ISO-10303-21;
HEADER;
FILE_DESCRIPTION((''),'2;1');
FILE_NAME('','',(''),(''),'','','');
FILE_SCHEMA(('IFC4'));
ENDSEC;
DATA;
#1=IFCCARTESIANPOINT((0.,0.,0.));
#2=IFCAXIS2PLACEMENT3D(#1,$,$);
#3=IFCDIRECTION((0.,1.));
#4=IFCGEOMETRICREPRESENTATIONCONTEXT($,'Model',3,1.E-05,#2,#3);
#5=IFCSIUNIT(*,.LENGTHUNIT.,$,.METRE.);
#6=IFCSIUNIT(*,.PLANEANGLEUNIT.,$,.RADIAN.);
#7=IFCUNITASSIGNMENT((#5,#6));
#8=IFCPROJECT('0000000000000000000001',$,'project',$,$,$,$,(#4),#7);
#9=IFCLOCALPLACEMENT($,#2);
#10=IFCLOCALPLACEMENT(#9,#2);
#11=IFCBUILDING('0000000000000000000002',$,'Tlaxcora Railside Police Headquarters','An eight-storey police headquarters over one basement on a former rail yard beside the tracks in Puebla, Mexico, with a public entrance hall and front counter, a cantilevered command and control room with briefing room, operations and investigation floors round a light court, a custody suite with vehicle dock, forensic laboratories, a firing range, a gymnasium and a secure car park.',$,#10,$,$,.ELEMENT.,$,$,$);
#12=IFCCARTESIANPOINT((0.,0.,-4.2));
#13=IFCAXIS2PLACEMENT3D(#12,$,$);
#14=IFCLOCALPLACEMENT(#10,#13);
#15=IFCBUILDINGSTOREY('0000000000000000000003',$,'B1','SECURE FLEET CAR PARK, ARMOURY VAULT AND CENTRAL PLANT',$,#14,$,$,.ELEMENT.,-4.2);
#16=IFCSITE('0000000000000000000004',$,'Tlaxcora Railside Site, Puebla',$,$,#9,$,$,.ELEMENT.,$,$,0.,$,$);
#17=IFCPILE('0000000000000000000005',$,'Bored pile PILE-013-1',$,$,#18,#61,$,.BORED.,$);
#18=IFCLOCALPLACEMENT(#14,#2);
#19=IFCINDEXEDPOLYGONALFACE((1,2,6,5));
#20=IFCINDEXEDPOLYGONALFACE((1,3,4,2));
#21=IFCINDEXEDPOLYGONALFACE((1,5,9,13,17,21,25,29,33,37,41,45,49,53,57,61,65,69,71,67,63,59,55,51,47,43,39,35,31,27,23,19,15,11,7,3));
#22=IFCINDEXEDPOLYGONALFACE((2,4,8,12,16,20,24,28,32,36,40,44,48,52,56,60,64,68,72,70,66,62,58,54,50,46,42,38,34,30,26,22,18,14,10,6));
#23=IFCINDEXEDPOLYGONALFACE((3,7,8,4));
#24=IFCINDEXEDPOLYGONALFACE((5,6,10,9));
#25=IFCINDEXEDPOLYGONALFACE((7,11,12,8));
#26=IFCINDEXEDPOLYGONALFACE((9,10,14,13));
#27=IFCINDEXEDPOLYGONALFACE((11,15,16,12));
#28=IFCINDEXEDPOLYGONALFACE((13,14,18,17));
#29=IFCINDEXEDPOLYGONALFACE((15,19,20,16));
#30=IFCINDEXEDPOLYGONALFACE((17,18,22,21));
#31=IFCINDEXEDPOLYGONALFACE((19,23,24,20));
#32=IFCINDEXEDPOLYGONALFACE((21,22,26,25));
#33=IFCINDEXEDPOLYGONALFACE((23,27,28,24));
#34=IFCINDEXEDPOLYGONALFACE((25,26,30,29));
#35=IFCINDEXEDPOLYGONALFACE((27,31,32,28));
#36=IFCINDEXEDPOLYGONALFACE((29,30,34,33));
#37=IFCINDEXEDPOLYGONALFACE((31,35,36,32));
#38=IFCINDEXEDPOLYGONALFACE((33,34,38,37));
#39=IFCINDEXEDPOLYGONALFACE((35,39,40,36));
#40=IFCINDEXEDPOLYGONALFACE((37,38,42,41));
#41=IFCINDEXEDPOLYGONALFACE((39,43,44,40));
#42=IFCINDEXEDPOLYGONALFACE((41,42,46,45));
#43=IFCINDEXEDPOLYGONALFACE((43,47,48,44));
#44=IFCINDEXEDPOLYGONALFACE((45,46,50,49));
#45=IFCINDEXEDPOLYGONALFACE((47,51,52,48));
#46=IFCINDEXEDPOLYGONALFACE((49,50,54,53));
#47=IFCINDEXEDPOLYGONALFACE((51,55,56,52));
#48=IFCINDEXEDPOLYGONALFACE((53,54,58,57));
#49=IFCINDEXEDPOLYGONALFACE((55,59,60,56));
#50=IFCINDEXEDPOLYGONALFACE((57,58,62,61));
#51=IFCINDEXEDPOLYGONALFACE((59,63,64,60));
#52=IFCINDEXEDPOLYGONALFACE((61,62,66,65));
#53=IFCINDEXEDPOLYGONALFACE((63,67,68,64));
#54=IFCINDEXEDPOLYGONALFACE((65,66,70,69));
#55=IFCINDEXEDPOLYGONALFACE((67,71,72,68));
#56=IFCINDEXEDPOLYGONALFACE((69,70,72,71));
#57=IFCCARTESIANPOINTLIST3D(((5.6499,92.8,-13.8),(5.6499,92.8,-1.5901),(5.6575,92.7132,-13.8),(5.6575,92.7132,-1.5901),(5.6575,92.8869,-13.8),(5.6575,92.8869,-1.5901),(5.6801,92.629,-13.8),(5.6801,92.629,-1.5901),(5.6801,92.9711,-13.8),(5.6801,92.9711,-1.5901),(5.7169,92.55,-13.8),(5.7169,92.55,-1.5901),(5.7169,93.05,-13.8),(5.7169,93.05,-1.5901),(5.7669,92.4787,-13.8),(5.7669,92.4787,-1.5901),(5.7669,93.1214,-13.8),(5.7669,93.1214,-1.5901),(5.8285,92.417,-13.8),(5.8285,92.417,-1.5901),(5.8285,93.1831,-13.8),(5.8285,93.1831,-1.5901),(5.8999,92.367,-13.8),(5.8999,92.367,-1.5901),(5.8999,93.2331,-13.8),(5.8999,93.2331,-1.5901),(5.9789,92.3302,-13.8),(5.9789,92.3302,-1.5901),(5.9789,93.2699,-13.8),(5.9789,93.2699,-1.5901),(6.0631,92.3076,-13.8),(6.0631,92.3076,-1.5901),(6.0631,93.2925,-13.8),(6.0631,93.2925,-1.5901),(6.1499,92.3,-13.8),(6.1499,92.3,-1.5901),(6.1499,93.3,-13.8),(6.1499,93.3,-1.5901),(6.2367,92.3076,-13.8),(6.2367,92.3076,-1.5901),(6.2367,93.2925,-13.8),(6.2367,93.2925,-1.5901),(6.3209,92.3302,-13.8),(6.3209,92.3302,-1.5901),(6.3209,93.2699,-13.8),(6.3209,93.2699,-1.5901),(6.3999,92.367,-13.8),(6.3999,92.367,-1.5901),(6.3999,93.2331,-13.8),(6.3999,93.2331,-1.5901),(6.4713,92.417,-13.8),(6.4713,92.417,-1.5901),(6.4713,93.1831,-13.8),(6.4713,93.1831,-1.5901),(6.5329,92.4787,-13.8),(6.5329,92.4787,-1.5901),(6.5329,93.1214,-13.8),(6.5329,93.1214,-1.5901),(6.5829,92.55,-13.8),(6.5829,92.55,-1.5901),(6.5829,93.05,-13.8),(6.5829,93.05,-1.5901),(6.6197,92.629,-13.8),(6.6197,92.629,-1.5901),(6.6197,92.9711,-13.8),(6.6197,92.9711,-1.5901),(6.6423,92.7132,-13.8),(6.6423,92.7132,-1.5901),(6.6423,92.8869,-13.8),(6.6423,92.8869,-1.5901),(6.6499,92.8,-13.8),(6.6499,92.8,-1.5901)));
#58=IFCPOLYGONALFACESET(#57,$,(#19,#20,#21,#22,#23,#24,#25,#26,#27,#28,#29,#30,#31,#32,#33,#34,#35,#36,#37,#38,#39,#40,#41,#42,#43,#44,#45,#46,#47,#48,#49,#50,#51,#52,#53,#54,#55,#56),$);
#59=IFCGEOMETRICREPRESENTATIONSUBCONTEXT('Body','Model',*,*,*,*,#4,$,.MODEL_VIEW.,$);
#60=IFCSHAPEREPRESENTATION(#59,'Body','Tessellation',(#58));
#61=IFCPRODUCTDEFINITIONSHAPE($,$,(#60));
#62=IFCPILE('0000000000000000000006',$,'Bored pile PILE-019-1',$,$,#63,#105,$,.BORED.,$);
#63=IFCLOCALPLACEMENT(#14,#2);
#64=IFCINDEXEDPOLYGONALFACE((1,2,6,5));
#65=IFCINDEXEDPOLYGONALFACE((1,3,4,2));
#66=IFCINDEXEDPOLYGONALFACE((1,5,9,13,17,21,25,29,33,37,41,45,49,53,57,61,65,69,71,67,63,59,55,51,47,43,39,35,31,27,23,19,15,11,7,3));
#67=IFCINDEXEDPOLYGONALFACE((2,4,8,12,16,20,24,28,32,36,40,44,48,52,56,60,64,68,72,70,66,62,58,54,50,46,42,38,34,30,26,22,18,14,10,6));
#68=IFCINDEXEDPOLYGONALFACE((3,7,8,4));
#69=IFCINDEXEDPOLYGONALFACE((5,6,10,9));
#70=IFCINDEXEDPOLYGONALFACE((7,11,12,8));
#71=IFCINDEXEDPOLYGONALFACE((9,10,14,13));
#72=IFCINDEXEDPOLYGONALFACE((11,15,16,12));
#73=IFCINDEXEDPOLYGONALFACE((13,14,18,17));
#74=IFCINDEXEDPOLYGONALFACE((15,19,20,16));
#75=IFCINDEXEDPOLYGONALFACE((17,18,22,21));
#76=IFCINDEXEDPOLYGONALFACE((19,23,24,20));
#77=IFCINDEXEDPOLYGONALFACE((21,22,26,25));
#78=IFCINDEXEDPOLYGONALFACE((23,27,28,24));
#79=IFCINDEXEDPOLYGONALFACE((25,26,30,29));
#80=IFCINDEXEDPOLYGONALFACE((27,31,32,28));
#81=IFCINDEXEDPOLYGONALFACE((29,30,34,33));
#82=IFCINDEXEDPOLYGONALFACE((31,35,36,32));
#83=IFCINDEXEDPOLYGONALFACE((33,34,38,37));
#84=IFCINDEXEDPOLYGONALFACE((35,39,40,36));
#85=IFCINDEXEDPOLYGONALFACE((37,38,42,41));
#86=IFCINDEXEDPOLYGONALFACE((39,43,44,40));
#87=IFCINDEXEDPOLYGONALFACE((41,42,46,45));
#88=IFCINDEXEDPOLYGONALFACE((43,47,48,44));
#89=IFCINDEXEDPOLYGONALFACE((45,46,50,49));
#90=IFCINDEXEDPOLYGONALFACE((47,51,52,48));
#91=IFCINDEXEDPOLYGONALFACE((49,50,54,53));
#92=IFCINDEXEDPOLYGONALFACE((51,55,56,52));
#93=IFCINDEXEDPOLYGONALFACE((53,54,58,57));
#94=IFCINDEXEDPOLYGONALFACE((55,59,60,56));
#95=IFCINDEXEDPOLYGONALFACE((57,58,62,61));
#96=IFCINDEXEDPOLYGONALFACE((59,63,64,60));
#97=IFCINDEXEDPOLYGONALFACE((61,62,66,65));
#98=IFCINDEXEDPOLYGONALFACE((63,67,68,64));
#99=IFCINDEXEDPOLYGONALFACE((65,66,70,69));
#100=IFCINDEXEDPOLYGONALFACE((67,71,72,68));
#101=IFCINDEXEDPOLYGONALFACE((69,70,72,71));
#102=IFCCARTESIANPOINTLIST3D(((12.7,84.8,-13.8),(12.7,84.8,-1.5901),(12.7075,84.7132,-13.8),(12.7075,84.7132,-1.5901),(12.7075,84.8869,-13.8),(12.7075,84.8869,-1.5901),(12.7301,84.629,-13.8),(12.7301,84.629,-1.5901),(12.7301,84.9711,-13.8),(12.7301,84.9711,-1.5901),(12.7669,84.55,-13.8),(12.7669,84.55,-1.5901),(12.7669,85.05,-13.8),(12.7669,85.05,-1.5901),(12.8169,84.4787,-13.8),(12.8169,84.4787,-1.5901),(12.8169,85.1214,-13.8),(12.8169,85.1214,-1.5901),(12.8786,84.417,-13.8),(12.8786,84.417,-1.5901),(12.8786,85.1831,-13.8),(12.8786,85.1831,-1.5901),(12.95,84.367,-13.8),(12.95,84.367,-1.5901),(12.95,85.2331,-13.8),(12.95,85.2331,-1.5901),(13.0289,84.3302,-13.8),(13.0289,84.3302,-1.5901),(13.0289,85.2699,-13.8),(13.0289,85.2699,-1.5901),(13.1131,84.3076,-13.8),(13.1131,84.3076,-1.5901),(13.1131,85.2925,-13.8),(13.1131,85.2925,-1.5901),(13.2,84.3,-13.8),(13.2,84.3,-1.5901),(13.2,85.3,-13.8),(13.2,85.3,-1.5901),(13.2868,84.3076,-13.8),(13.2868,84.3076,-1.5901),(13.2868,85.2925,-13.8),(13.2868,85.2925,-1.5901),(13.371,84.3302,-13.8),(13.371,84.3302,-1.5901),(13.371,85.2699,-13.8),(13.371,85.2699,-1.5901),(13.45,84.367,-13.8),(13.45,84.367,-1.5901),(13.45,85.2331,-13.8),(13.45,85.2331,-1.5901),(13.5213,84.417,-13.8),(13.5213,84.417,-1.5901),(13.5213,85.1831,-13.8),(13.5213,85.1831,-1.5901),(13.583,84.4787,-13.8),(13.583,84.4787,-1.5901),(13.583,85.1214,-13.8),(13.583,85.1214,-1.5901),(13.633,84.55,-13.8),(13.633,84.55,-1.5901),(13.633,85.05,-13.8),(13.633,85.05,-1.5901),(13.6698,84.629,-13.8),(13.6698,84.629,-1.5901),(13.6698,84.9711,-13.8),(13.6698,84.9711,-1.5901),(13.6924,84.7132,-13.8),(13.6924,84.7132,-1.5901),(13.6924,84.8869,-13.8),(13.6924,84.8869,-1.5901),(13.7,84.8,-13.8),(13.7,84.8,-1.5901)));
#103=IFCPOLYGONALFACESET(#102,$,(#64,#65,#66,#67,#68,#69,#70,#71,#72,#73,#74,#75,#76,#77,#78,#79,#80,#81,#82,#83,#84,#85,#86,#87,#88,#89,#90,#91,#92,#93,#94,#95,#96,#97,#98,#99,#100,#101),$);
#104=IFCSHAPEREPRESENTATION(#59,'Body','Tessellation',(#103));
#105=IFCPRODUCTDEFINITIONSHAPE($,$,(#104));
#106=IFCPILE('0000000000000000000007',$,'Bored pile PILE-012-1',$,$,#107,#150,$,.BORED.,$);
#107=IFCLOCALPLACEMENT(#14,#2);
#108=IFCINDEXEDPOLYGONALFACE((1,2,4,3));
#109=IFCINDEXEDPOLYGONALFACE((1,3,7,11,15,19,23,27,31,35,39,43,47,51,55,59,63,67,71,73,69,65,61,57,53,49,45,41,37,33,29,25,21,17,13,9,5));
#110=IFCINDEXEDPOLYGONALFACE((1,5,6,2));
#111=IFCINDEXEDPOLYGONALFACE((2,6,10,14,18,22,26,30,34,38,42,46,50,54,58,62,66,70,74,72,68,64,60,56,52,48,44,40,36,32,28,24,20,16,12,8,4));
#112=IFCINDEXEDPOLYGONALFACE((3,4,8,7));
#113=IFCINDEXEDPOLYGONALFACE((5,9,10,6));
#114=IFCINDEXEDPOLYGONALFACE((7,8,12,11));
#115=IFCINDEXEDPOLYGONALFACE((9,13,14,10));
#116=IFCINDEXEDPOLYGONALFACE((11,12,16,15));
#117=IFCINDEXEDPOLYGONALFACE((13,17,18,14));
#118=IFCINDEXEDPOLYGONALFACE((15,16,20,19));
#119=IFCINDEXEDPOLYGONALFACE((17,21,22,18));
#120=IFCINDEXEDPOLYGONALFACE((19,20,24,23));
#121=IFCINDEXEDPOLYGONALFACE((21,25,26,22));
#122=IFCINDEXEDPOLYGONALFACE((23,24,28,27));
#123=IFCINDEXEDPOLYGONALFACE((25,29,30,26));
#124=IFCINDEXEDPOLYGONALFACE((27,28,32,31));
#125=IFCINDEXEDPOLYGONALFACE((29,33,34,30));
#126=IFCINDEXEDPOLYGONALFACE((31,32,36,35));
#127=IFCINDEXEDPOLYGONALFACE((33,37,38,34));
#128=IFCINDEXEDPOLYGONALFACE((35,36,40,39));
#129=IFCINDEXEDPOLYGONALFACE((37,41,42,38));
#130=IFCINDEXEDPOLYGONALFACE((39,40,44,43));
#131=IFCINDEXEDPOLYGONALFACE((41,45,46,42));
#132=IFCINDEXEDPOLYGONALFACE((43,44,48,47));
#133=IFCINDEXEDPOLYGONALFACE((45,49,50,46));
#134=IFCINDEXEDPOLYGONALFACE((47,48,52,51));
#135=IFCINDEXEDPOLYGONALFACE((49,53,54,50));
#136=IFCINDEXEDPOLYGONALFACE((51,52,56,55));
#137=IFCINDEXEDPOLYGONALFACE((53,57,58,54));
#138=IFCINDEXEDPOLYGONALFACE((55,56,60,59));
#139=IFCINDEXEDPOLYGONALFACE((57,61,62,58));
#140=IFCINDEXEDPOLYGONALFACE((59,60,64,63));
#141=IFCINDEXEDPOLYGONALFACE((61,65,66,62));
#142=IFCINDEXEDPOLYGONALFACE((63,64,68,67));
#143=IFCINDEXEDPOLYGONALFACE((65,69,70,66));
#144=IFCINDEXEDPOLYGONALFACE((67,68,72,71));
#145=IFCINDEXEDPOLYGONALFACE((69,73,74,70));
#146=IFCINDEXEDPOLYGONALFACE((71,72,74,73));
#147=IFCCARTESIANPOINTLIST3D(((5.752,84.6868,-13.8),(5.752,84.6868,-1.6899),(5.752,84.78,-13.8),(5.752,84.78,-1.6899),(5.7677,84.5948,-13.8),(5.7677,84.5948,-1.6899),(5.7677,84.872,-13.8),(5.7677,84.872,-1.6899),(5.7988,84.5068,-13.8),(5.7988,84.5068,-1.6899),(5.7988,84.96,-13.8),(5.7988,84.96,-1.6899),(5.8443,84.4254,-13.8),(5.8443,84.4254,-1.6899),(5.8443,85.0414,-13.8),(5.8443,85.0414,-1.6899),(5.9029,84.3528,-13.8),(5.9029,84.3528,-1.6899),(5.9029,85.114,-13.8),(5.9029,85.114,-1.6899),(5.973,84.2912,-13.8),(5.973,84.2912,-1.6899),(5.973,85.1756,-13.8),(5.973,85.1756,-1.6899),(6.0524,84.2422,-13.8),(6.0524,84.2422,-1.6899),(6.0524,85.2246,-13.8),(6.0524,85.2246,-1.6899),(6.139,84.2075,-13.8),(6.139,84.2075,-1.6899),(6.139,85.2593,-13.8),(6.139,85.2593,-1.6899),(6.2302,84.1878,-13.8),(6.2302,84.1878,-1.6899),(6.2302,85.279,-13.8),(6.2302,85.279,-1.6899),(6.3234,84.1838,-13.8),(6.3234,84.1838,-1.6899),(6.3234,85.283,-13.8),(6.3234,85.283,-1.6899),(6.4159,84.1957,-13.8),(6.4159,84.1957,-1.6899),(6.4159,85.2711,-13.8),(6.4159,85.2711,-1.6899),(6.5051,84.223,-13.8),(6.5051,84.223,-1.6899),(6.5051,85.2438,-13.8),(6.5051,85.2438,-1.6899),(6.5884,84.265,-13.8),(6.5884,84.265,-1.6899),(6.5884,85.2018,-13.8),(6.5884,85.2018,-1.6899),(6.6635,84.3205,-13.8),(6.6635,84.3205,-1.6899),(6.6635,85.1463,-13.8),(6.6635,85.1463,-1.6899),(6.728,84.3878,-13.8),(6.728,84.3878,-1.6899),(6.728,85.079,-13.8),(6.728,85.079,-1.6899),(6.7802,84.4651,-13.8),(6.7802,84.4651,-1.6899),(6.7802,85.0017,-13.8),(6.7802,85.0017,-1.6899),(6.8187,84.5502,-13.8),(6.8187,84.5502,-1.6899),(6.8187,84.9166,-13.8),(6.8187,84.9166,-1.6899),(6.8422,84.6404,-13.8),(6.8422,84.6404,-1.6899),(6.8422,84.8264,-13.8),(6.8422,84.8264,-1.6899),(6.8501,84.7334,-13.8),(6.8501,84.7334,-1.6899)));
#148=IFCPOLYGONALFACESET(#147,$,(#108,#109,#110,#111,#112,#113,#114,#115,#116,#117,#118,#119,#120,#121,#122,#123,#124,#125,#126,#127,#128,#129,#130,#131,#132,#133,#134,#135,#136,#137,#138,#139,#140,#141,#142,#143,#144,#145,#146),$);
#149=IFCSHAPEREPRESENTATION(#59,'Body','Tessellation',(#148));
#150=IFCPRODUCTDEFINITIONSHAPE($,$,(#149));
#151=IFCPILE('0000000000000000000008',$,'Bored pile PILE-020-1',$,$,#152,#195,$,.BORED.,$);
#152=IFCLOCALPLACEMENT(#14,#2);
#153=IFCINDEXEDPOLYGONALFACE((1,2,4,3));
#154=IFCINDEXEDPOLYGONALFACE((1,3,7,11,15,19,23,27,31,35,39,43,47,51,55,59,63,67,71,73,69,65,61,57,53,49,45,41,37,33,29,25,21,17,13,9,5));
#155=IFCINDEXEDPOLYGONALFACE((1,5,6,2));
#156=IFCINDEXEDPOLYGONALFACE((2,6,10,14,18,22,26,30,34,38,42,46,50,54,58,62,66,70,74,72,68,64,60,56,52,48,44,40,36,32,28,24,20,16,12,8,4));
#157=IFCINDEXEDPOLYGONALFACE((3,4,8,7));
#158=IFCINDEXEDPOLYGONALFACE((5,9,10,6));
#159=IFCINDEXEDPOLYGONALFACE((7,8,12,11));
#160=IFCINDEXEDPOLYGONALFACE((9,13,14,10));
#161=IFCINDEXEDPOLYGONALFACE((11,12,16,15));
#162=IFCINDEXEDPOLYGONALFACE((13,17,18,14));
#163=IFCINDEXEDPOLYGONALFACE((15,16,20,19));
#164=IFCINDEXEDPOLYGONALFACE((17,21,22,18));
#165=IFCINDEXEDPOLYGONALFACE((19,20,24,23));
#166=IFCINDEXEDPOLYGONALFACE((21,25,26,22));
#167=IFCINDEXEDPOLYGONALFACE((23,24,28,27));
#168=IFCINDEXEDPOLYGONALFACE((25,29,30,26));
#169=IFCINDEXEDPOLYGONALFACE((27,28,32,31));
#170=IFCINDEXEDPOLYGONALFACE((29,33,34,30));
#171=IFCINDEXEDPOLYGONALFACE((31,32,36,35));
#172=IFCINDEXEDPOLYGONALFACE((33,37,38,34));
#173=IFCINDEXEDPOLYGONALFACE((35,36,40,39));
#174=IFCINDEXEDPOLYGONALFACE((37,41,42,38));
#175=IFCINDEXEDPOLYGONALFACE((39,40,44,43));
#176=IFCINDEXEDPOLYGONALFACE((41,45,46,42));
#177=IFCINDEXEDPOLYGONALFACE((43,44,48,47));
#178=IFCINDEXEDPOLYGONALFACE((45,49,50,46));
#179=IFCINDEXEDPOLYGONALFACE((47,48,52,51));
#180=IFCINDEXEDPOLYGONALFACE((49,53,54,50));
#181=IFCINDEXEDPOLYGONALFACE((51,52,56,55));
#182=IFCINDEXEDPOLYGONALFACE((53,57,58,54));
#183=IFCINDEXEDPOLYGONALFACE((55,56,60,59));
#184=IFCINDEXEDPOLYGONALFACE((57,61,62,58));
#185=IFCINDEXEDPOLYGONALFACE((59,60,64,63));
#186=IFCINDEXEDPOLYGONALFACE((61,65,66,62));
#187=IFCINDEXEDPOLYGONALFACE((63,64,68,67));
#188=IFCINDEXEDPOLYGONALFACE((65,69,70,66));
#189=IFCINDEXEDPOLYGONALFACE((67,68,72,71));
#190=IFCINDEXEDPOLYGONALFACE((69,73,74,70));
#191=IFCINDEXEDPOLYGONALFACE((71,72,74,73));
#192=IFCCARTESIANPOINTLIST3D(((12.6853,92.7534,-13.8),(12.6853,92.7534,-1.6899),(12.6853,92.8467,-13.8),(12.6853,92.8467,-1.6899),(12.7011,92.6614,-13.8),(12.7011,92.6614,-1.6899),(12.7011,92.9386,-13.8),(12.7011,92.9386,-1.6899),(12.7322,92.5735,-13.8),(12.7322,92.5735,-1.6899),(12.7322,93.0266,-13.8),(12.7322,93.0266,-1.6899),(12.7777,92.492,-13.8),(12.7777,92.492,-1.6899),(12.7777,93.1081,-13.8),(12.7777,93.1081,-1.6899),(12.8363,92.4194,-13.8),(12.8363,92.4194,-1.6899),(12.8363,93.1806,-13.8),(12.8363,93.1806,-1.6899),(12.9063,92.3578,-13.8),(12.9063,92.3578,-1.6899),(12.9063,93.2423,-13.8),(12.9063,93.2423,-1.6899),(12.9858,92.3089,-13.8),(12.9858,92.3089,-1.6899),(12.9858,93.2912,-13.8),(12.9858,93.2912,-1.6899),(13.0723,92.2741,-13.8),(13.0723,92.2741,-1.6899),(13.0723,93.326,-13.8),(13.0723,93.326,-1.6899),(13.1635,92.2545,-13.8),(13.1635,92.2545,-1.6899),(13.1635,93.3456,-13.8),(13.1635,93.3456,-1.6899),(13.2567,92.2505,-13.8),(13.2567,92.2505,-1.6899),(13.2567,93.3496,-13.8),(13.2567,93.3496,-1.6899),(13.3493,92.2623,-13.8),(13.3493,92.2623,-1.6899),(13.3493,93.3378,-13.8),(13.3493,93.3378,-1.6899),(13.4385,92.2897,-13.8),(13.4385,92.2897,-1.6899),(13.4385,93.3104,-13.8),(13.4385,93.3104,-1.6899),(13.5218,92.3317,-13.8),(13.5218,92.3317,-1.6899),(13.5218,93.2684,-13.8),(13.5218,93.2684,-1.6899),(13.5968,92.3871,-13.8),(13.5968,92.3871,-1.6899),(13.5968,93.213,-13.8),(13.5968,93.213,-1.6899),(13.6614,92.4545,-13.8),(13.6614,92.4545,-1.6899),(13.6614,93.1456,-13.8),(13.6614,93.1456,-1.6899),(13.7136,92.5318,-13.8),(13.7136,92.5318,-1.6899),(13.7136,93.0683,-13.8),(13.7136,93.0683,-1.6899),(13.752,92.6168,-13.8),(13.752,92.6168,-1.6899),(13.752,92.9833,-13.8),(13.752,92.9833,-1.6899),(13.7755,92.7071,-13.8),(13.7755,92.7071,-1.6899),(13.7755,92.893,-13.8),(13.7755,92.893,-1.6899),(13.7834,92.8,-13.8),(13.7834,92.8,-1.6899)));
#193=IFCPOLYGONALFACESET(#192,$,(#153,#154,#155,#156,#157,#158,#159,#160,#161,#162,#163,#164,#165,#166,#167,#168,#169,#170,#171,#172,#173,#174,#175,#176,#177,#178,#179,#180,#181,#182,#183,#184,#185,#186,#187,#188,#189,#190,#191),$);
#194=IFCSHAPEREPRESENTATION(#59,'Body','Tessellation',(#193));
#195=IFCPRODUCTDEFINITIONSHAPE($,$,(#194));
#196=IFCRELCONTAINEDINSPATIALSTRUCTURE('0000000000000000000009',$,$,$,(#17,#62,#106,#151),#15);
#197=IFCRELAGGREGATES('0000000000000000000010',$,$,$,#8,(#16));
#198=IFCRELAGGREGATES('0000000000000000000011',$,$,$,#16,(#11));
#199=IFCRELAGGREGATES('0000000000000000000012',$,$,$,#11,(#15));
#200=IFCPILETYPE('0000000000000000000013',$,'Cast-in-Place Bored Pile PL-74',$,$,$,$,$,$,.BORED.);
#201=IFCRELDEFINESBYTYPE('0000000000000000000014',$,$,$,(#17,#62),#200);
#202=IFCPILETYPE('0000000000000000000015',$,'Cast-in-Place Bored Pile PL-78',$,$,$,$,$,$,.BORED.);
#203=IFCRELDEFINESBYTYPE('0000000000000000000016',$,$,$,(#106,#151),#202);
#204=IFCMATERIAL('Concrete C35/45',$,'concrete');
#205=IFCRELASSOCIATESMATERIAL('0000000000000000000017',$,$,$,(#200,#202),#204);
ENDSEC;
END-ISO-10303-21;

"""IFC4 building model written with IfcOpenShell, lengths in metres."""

from ifc_helpers import new_model, si_unit, direction, frame, origin, origin_2d, place, context, subcontext, project, spatial, circle, extrude, material, material_profile, profile_set, type_object, element, save


model = new_model("IFC4")

# Units and contexts
model_context = context("Model", 3, precision=1e-05, world=origin(), true_north=direction((0.0, 1.0)))
body_context = subcontext(model_context, "Body", "Model", "MODEL_VIEW")
ifc_project = project(units=[si_unit("LENGTHUNIT", "METRE"), si_unit("PLANEANGLEUNIT", "RADIAN")], contexts=[model_context])

# Site, building, storey
site_placement = place(None, origin())
site = spatial("IfcSite", under=ifc_project, at=site_placement, Name="Tlaxcora Railside Site, Puebla", CompositionType="ELEMENT", RefElevation=0.0)
building_placement = place(site_placement, origin())
building = spatial("IfcBuilding", under=site, at=building_placement, Name="Tlaxcora Railside Police Headquarters", Description="An eight-storey police headquarters over one basement on a former rail yard beside the tracks in Puebla, Mexico, with a public entrance hall and front counter, a cantilevered command and control room with briefing room, operations and investigation floors round a light court, a custody suite with vehicle dock, forensic laboratories, a firing range, a gymnasium and a secure car park.", CompositionType="ELEMENT")
storey_placement = place(building_placement, frame((0.0, 0.0, -4.2)))
storey = spatial("IfcBuildingStorey", under=building, at=storey_placement, Name="B1", Description="SECURE FLEET CAR PARK, ARMOURY VAULT AND CENTRAL PLANT", CompositionType="ELEMENT", Elevation=-4.2)

# Piles
ifc_material_1 = material(Name="Concrete C35/45", Category="concrete")
ifc_material_profile_1 = material_profile(ifc_material_1, circle(Radius=0.5, at=origin_2d()), Name="PILE1000")
ifc_profile_set_1 = profile_set([ifc_material_profile_1], Name="Concrete C35/45")
pile_type_1 = type_object("IfcPileType", Name="Cast-in-Place Bored Pile PL-74", PredefinedType="BORED", material=ifc_profile_set_1)
for number, where, z_axis, x_axis, name in (
    (1, (6.1499, 92.8, -1.5901), (0.0, 0.0, -1.0), (1.0, 0.0, 0.0), "Bored pile PILE-013-1"),
    (2, (13.2, 84.8, -1.5901), (0.0, 0.0, -1.0), (1.0, 0.0, 0.0), "Bored pile PILE-019-1"),
):
    element("IfcPile", number, at=place(storey_placement, frame(where, z_axis=z_axis, x_axis=x_axis)), inside=storey, type_object=pile_type_1, Name=name, PredefinedType="BORED", context=body_context, shape_type="SweptSolid", body=[
        extrude(circle(Radius=0.5, at=origin_2d()), origin(), (0.0, 0.0, 1.0), 12.21),
    ])
ifc_material_profile_2 = material_profile(ifc_material_1, circle(Radius=0.55, at=origin_2d()), Name="PILE1100")
ifc_profile_set_2 = profile_set([ifc_material_profile_2], Name="Concrete C35/45")
pile_type_2 = type_object("IfcPileType", Name="Cast-in-Place Bored Pile PL-78", PredefinedType="BORED", material=ifc_profile_set_2)
for number, where, z_axis, x_axis, name in (
    (3, (6.3, 84.7334, -1.6899), (0.0, 0.0, -1.0), (1.0, 0.0, 0.0), "Bored pile PILE-012-1"),
    (4, (13.2334, 92.8, -1.6899), (0.0, 0.0, -1.0), (1.0, 0.0, 0.0), "Bored pile PILE-020-1"),
):
    element("IfcPile", number, at=place(storey_placement, frame(where, z_axis=z_axis, x_axis=x_axis)), inside=storey, type_object=pile_type_2, Name=name, PredefinedType="BORED", context=body_context, shape_type="SweptSolid", body=[
        extrude(circle(Radius=0.55, at=origin_2d()), origin(), (0.0, 0.0, 1.0), 12.1101),
    ])

save(model, "model.ifc")
